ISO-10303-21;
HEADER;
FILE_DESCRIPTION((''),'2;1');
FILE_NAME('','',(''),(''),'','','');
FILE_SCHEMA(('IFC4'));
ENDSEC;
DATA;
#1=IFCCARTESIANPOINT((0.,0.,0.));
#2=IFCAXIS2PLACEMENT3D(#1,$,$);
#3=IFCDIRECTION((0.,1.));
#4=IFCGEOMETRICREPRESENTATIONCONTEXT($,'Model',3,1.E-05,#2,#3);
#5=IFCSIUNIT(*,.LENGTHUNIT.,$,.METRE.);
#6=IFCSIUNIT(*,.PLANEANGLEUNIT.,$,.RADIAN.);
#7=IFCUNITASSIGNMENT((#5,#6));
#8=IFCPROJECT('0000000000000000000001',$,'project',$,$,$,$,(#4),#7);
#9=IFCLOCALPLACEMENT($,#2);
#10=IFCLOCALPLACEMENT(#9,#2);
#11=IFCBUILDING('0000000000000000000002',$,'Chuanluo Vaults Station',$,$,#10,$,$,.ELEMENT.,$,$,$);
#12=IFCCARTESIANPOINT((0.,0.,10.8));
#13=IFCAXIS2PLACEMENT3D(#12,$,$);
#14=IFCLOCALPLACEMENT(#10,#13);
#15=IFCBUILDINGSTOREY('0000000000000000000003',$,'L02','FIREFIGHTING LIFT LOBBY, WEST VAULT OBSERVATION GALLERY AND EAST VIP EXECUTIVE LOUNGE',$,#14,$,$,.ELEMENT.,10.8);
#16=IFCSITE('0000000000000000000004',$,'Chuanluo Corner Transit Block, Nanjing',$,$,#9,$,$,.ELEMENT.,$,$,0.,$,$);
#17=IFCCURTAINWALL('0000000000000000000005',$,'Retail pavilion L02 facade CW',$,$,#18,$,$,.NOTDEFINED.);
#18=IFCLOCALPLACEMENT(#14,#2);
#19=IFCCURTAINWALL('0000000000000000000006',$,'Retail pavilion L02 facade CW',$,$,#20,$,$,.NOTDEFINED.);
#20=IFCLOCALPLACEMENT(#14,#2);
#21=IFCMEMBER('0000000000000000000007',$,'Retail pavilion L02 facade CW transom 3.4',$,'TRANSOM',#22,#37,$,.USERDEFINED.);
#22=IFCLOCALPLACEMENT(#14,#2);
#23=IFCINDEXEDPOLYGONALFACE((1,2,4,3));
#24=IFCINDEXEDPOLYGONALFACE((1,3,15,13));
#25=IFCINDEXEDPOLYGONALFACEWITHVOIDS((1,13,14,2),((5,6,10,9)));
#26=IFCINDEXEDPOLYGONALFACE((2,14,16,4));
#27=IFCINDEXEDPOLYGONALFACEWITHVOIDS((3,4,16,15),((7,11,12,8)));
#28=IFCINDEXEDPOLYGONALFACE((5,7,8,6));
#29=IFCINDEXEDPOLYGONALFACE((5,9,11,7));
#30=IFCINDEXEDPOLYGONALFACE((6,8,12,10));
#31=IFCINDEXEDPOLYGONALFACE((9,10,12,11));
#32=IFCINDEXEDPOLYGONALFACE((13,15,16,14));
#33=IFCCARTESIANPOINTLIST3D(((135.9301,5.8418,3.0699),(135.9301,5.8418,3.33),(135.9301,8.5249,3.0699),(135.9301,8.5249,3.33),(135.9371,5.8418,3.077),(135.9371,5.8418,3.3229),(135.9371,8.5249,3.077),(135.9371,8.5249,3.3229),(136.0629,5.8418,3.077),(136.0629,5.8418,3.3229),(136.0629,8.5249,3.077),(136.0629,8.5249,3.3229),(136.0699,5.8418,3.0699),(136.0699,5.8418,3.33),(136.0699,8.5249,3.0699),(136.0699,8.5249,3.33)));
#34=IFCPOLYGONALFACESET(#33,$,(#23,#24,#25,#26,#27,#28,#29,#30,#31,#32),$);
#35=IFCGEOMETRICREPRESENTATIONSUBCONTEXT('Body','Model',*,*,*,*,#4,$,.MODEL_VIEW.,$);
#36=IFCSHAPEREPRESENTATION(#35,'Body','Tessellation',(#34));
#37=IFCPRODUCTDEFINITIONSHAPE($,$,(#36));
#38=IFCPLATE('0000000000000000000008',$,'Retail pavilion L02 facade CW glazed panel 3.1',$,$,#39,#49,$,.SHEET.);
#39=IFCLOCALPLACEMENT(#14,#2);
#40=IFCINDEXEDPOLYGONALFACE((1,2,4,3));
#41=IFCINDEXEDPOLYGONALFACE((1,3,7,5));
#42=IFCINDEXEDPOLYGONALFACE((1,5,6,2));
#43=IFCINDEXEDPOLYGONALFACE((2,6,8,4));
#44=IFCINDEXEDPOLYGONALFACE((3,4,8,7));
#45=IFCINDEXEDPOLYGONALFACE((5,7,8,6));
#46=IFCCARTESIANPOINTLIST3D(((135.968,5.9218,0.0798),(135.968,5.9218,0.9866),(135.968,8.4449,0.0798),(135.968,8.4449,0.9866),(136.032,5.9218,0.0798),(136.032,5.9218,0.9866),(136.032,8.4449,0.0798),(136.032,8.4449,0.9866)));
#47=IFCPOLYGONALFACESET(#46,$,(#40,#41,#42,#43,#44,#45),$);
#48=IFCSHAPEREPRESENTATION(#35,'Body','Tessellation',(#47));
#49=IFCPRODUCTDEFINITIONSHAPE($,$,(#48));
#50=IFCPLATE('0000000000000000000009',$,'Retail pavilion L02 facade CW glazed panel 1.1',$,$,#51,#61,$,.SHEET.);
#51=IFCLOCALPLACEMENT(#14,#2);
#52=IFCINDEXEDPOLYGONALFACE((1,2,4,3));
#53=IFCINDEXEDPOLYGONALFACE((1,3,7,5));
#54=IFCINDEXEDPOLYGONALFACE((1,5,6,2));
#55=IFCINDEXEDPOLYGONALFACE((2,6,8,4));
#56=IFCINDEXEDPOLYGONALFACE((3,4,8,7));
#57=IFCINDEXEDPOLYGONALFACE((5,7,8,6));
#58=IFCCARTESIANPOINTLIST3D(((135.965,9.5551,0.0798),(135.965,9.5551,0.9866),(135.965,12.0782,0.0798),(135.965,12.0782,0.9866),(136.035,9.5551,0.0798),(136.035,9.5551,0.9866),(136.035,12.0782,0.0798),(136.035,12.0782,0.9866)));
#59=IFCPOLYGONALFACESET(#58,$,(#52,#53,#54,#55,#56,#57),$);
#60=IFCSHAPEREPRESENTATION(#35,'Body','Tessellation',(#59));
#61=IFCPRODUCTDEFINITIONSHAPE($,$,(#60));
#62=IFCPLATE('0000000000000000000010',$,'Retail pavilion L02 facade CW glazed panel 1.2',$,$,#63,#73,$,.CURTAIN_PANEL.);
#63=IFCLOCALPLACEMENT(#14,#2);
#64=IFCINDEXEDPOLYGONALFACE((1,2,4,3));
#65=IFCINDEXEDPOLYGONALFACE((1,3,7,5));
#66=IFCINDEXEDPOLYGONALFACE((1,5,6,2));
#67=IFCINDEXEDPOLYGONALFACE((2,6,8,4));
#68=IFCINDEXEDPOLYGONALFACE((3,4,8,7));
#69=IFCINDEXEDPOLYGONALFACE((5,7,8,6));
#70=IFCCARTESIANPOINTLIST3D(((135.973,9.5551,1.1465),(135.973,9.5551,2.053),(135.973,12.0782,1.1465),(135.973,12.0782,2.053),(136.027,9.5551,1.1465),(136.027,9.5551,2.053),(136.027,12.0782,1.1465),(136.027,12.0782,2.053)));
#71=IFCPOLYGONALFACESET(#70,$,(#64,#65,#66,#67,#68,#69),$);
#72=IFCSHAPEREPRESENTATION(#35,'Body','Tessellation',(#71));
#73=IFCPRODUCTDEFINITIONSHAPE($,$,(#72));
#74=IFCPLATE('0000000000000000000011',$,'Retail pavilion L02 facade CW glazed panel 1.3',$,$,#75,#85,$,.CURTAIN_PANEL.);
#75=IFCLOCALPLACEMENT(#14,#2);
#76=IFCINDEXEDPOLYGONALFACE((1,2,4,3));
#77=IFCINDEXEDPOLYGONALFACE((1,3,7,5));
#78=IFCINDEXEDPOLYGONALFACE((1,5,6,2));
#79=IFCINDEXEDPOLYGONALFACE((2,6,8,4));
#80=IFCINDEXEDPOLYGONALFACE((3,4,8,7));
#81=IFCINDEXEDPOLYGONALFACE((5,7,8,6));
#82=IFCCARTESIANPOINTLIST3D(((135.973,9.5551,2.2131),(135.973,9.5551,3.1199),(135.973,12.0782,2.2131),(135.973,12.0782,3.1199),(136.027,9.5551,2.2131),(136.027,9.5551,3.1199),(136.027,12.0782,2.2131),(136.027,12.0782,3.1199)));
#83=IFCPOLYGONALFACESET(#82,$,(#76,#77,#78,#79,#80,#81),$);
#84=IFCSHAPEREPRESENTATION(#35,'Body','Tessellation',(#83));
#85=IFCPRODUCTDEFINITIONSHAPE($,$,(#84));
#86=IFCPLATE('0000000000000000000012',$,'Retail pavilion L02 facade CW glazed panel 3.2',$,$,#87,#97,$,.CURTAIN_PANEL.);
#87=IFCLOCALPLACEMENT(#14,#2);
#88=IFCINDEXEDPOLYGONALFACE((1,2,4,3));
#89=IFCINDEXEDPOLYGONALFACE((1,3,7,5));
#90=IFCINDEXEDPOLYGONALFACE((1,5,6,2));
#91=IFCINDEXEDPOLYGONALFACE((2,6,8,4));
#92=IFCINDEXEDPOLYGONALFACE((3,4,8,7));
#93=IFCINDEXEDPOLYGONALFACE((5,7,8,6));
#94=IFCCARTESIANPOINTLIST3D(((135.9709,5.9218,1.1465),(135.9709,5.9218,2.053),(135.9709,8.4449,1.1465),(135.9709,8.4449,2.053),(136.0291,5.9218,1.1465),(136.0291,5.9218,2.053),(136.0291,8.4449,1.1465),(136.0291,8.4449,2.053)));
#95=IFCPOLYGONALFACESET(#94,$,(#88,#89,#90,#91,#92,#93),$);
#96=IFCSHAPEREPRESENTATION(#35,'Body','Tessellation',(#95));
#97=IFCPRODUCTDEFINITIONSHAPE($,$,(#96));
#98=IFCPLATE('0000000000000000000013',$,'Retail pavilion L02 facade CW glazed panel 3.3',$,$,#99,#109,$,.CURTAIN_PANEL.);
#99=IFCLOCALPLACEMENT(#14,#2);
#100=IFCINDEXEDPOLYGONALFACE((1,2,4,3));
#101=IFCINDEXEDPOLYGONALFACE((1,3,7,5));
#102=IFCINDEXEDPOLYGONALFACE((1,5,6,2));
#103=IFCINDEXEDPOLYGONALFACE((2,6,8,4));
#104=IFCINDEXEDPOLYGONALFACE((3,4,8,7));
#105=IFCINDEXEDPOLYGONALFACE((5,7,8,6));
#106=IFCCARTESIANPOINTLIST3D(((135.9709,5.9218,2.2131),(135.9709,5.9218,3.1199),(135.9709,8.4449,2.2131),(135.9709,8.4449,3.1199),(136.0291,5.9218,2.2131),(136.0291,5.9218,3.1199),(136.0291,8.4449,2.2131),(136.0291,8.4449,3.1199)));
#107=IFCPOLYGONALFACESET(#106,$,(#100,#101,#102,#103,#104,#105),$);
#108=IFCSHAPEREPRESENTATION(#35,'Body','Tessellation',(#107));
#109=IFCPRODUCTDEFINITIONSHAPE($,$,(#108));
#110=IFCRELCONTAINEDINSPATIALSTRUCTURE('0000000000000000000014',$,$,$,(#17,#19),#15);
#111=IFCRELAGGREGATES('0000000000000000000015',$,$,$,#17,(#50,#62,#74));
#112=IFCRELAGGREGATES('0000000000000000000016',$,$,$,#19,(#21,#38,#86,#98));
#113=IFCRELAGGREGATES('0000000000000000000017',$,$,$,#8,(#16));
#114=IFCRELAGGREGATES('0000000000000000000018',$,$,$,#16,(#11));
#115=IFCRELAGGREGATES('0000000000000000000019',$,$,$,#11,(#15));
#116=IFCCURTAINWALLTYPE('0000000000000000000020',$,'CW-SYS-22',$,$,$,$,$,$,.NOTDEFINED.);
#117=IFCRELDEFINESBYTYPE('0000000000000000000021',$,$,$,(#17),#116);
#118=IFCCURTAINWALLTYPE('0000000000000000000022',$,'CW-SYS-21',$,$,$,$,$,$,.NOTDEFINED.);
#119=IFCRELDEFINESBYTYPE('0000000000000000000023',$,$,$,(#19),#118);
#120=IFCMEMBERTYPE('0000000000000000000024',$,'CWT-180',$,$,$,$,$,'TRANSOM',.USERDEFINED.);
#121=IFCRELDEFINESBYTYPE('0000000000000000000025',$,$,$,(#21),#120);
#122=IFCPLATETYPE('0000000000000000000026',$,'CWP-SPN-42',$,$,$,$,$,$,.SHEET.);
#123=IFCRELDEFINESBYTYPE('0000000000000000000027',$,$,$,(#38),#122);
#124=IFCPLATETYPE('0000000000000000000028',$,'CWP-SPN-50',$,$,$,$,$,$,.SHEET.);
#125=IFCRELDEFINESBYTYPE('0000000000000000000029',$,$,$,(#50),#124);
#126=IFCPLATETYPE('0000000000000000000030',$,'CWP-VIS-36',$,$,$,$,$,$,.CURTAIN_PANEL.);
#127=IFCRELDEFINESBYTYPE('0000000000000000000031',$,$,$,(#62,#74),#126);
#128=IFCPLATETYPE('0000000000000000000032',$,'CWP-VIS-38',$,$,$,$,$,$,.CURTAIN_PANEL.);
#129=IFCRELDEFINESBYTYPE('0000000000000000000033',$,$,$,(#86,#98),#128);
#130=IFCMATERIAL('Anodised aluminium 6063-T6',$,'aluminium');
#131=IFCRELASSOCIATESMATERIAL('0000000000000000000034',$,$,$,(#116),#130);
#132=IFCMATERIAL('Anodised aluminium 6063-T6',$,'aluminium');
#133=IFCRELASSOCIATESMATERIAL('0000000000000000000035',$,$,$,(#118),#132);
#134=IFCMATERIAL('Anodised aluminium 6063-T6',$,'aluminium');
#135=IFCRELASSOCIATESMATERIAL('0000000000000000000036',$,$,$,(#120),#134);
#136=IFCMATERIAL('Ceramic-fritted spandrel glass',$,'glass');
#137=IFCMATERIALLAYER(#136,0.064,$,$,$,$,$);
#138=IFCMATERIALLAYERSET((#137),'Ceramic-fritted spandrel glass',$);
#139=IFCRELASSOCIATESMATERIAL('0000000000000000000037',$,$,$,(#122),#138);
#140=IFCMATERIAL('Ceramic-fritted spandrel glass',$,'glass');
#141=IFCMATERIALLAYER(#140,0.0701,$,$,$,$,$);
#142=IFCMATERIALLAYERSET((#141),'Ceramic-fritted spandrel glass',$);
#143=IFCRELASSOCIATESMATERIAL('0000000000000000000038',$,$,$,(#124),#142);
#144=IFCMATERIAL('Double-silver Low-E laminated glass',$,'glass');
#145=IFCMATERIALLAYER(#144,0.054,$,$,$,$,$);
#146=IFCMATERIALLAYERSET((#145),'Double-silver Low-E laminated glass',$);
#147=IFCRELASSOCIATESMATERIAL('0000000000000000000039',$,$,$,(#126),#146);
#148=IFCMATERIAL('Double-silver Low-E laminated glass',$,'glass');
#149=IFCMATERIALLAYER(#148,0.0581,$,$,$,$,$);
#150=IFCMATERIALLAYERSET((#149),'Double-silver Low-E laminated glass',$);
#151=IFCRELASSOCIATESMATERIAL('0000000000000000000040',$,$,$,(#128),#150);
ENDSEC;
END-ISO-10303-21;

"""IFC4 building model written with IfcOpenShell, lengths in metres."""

from ifc_helpers import new_model, si_unit, direction, frame, origin, origin_2d, place, context, subcontext, project, spatial, rectangle, hollow_rectangle, extrude, material, layer, layer_set, material_profile, profile_set, type_object, element, aggregate, save


model = new_model("IFC4")

# Units and contexts
model_context = context("Model", 3, precision=1e-05, world=origin(), true_north=direction((0.0, 1.0)))
body_context = subcontext(model_context, "Body", "Model", "MODEL_VIEW")
ifc_project = project(units=[si_unit("LENGTHUNIT", "METRE"), si_unit("PLANEANGLEUNIT", "RADIAN")], contexts=[model_context])

# Site, building, storey
site_placement = place(None, origin())
site = spatial("IfcSite", under=ifc_project, at=site_placement, Name="Chuanluo Corner Transit Block, Nanjing", CompositionType="ELEMENT", RefElevation=0.0)
building_placement = place(site_placement, origin())
building = spatial("IfcBuilding", under=site, at=building_placement, Name="Chuanluo Vaults Station", CompositionType="ELEMENT")
storey_placement = place(building_placement, frame((0.0, 0.0, 10.8)))
storey = spatial("IfcBuildingStorey", under=building, at=storey_placement, Name="L02", Description="FIREFIGHTING LIFT LOBBY, WEST VAULT OBSERVATION GALLERY AND EAST VIP EXECUTIVE LOUNGE", CompositionType="ELEMENT", Elevation=10.8)

# Curtain wall
ifc_material_1 = material(Name="Anodised aluminium 6063-T6", Category="aluminium")
curtain_wall_type_1 = type_object("IfcCurtainWallType", Name="CW-SYS-22", PredefinedType="NOTDEFINED", material=ifc_material_1)
curtain_wall_1_placement = place(storey_placement, origin())
curtain_wall_1 = element("IfcCurtainWall", 1, at=curtain_wall_1_placement, inside=storey, type_object=curtain_wall_type_1, Name="Retail pavilion L02 facade CW", PredefinedType="NOTDEFINED")

# Curtain wall
ifc_material_2 = material(Name="Anodised aluminium 6063-T6", Category="aluminium")
curtain_wall_type_2 = type_object("IfcCurtainWallType", Name="CW-SYS-21", PredefinedType="NOTDEFINED", material=ifc_material_2)
curtain_wall_2_placement = place(storey_placement, origin())
curtain_wall_2 = element("IfcCurtainWall", 2, at=curtain_wall_2_placement, inside=storey, type_object=curtain_wall_type_2, Name="Retail pavilion L02 facade CW", PredefinedType="NOTDEFINED")

# Member
ifc_material_3 = material(Name="Anodised aluminium 6063-T6", Category="aluminium")
ifc_material_profile_1 = material_profile(ifc_material_3, hollow_rectangle(XDim=0.1399, YDim=0.26, WallThickness=0.0071, at=origin_2d()))
ifc_profile_set_1 = profile_set([ifc_material_profile_1], Name="Anodised aluminium 6063-T6")
member_type_1 = type_object("IfcMemberType", Name="CWT-180", ElementType="TRANSOM", PredefinedType="USERDEFINED", material=ifc_profile_set_1)
member_1_placement = place(storey_placement, frame((136.0, 5.8418, 3.2), z_axis=(0.0, 1.0, 0.0), x_axis=(-1.0, 0.0, 0.0)))
member_1 = element("IfcMember", 3, at=member_1_placement, type_object=member_type_1, Name="Retail pavilion L02 facade CW transom 3.4", ObjectType="TRANSOM", PredefinedType="USERDEFINED", context=body_context, shape_type="SweptSolid", body=[
    extrude(hollow_rectangle(XDim=0.1399, YDim=0.26, WallThickness=0.0071, at=origin_2d()), origin(), (0.0, 0.0, 1.0), 2.6831),
])

# Plates
ifc_material_4 = material(Name="Ceramic-fritted spandrel glass", Category="glass")
ifc_layer_1 = layer(ifc_material_4, 0.064)
ifc_layer_set_1 = layer_set([ifc_layer_1], Name="Ceramic-fritted spandrel glass")
plate_type_1 = type_object("IfcPlateType", Name="CWP-SPN-42", PredefinedType="SHEET", material=ifc_layer_set_1)
plate_1_placement = place(storey_placement, frame((136.0, 7.1833, 0.0798), z_axis=(0.0, 0.0, 1.0), x_axis=(0.0, 1.0, 0.0)))
plate_1 = element("IfcPlate", 4, at=plate_1_placement, type_object=plate_type_1, Name="Retail pavilion L02 facade CW glazed panel 3.1", PredefinedType="SHEET", context=body_context, shape_type="SweptSolid", body=[
    extrude(rectangle(XDim=2.5232, YDim=0.064, at=origin_2d()), origin(), (0.0, 0.0, 1.0), 0.9067),
])
ifc_material_5 = material(Name="Ceramic-fritted spandrel glass", Category="glass")
ifc_layer_2 = layer(ifc_material_5, 0.0701)
ifc_layer_set_2 = layer_set([ifc_layer_2], Name="Ceramic-fritted spandrel glass")
plate_type_2 = type_object("IfcPlateType", Name="CWP-SPN-50", PredefinedType="SHEET", material=ifc_layer_set_2)
plate_2_placement = place(storey_placement, frame((136.0, 10.8167, 0.0798), z_axis=(0.0, 0.0, 1.0), x_axis=(0.0, 1.0, 0.0)))
plate_2 = element("IfcPlate", 5, at=plate_2_placement, type_object=plate_type_2, Name="Retail pavilion L02 facade CW glazed panel 1.1", PredefinedType="SHEET", context=body_context, shape_type="SweptSolid", body=[
    extrude(rectangle(XDim=2.5232, YDim=0.0701, at=origin_2d()), origin(), (0.0, 0.0, 1.0), 0.9067),
])
ifc_material_6 = material(Name="Double-silver Low-E laminated glass", Category="glass")
ifc_layer_3 = layer(ifc_material_6, 0.054)
ifc_layer_set_3 = layer_set([ifc_layer_3], Name="Double-silver Low-E laminated glass")
plate_type_3 = type_object("IfcPlateType", Name="CWP-VIS-36", PredefinedType="CURTAIN_PANEL", material=ifc_layer_set_3)
plate_3_placement = place(storey_placement, frame((136.0, 10.8167, 1.1465), z_axis=(0.0, 0.0, 1.0), x_axis=(0.0, 1.0, 0.0)))
plate_3 = element("IfcPlate", 6, at=plate_3_placement, type_object=plate_type_3, Name="Retail pavilion L02 facade CW glazed panel 1.2", PredefinedType="CURTAIN_PANEL", context=body_context, shape_type="SweptSolid", body=[
    extrude(rectangle(XDim=2.5232, YDim=0.054, at=origin_2d()), origin(), (0.0, 0.0, 1.0), 0.9065),
])
plate_4_placement = place(storey_placement, frame((136.0, 10.8167, 2.2131), z_axis=(0.0, 0.0, 1.0), x_axis=(0.0, 1.0, 0.0)))
plate_4 = element("IfcPlate", 7, at=plate_4_placement, type_object=plate_type_3, Name="Retail pavilion L02 facade CW glazed panel 1.3", PredefinedType="CURTAIN_PANEL", context=body_context, shape_type="SweptSolid", body=[
    extrude(rectangle(XDim=2.5232, YDim=0.054, at=origin_2d()), origin(), (0.0, 0.0, 1.0), 0.9067),
])
aggregate(curtain_wall_1, [plate_2, plate_3, plate_4])
ifc_material_7 = material(Name="Double-silver Low-E laminated glass", Category="glass")
ifc_layer_4 = layer(ifc_material_7, 0.0581)
ifc_layer_set_4 = layer_set([ifc_layer_4], Name="Double-silver Low-E laminated glass")
plate_type_4 = type_object("IfcPlateType", Name="CWP-VIS-38", PredefinedType="CURTAIN_PANEL", material=ifc_layer_set_4)
plate_5_placement = place(storey_placement, frame((136.0, 7.1833, 1.1465), z_axis=(0.0, 0.0, 1.0), x_axis=(0.0, 1.0, 0.0)))
plate_5 = element("IfcPlate", 8, at=plate_5_placement, type_object=plate_type_4, Name="Retail pavilion L02 facade CW glazed panel 3.2", PredefinedType="CURTAIN_PANEL", context=body_context, shape_type="SweptSolid", body=[
    extrude(rectangle(XDim=2.5232, YDim=0.0581, at=origin_2d()), origin(), (0.0, 0.0, 1.0), 0.9065),
])
plate_6_placement = place(storey_placement, frame((136.0, 7.1833, 2.2131), z_axis=(0.0, 0.0, 1.0), x_axis=(0.0, 1.0, 0.0)))
plate_6 = element("IfcPlate", 9, at=plate_6_placement, type_object=plate_type_4, Name="Retail pavilion L02 facade CW glazed panel 3.3", PredefinedType="CURTAIN_PANEL", context=body_context, shape_type="SweptSolid", body=[
    extrude(rectangle(XDim=2.5232, YDim=0.0581, at=origin_2d()), origin(), (0.0, 0.0, 1.0), 0.9067),
])
aggregate(curtain_wall_2, [member_1, plate_1, plate_5, plate_6])

save(model, "model.ifc")
